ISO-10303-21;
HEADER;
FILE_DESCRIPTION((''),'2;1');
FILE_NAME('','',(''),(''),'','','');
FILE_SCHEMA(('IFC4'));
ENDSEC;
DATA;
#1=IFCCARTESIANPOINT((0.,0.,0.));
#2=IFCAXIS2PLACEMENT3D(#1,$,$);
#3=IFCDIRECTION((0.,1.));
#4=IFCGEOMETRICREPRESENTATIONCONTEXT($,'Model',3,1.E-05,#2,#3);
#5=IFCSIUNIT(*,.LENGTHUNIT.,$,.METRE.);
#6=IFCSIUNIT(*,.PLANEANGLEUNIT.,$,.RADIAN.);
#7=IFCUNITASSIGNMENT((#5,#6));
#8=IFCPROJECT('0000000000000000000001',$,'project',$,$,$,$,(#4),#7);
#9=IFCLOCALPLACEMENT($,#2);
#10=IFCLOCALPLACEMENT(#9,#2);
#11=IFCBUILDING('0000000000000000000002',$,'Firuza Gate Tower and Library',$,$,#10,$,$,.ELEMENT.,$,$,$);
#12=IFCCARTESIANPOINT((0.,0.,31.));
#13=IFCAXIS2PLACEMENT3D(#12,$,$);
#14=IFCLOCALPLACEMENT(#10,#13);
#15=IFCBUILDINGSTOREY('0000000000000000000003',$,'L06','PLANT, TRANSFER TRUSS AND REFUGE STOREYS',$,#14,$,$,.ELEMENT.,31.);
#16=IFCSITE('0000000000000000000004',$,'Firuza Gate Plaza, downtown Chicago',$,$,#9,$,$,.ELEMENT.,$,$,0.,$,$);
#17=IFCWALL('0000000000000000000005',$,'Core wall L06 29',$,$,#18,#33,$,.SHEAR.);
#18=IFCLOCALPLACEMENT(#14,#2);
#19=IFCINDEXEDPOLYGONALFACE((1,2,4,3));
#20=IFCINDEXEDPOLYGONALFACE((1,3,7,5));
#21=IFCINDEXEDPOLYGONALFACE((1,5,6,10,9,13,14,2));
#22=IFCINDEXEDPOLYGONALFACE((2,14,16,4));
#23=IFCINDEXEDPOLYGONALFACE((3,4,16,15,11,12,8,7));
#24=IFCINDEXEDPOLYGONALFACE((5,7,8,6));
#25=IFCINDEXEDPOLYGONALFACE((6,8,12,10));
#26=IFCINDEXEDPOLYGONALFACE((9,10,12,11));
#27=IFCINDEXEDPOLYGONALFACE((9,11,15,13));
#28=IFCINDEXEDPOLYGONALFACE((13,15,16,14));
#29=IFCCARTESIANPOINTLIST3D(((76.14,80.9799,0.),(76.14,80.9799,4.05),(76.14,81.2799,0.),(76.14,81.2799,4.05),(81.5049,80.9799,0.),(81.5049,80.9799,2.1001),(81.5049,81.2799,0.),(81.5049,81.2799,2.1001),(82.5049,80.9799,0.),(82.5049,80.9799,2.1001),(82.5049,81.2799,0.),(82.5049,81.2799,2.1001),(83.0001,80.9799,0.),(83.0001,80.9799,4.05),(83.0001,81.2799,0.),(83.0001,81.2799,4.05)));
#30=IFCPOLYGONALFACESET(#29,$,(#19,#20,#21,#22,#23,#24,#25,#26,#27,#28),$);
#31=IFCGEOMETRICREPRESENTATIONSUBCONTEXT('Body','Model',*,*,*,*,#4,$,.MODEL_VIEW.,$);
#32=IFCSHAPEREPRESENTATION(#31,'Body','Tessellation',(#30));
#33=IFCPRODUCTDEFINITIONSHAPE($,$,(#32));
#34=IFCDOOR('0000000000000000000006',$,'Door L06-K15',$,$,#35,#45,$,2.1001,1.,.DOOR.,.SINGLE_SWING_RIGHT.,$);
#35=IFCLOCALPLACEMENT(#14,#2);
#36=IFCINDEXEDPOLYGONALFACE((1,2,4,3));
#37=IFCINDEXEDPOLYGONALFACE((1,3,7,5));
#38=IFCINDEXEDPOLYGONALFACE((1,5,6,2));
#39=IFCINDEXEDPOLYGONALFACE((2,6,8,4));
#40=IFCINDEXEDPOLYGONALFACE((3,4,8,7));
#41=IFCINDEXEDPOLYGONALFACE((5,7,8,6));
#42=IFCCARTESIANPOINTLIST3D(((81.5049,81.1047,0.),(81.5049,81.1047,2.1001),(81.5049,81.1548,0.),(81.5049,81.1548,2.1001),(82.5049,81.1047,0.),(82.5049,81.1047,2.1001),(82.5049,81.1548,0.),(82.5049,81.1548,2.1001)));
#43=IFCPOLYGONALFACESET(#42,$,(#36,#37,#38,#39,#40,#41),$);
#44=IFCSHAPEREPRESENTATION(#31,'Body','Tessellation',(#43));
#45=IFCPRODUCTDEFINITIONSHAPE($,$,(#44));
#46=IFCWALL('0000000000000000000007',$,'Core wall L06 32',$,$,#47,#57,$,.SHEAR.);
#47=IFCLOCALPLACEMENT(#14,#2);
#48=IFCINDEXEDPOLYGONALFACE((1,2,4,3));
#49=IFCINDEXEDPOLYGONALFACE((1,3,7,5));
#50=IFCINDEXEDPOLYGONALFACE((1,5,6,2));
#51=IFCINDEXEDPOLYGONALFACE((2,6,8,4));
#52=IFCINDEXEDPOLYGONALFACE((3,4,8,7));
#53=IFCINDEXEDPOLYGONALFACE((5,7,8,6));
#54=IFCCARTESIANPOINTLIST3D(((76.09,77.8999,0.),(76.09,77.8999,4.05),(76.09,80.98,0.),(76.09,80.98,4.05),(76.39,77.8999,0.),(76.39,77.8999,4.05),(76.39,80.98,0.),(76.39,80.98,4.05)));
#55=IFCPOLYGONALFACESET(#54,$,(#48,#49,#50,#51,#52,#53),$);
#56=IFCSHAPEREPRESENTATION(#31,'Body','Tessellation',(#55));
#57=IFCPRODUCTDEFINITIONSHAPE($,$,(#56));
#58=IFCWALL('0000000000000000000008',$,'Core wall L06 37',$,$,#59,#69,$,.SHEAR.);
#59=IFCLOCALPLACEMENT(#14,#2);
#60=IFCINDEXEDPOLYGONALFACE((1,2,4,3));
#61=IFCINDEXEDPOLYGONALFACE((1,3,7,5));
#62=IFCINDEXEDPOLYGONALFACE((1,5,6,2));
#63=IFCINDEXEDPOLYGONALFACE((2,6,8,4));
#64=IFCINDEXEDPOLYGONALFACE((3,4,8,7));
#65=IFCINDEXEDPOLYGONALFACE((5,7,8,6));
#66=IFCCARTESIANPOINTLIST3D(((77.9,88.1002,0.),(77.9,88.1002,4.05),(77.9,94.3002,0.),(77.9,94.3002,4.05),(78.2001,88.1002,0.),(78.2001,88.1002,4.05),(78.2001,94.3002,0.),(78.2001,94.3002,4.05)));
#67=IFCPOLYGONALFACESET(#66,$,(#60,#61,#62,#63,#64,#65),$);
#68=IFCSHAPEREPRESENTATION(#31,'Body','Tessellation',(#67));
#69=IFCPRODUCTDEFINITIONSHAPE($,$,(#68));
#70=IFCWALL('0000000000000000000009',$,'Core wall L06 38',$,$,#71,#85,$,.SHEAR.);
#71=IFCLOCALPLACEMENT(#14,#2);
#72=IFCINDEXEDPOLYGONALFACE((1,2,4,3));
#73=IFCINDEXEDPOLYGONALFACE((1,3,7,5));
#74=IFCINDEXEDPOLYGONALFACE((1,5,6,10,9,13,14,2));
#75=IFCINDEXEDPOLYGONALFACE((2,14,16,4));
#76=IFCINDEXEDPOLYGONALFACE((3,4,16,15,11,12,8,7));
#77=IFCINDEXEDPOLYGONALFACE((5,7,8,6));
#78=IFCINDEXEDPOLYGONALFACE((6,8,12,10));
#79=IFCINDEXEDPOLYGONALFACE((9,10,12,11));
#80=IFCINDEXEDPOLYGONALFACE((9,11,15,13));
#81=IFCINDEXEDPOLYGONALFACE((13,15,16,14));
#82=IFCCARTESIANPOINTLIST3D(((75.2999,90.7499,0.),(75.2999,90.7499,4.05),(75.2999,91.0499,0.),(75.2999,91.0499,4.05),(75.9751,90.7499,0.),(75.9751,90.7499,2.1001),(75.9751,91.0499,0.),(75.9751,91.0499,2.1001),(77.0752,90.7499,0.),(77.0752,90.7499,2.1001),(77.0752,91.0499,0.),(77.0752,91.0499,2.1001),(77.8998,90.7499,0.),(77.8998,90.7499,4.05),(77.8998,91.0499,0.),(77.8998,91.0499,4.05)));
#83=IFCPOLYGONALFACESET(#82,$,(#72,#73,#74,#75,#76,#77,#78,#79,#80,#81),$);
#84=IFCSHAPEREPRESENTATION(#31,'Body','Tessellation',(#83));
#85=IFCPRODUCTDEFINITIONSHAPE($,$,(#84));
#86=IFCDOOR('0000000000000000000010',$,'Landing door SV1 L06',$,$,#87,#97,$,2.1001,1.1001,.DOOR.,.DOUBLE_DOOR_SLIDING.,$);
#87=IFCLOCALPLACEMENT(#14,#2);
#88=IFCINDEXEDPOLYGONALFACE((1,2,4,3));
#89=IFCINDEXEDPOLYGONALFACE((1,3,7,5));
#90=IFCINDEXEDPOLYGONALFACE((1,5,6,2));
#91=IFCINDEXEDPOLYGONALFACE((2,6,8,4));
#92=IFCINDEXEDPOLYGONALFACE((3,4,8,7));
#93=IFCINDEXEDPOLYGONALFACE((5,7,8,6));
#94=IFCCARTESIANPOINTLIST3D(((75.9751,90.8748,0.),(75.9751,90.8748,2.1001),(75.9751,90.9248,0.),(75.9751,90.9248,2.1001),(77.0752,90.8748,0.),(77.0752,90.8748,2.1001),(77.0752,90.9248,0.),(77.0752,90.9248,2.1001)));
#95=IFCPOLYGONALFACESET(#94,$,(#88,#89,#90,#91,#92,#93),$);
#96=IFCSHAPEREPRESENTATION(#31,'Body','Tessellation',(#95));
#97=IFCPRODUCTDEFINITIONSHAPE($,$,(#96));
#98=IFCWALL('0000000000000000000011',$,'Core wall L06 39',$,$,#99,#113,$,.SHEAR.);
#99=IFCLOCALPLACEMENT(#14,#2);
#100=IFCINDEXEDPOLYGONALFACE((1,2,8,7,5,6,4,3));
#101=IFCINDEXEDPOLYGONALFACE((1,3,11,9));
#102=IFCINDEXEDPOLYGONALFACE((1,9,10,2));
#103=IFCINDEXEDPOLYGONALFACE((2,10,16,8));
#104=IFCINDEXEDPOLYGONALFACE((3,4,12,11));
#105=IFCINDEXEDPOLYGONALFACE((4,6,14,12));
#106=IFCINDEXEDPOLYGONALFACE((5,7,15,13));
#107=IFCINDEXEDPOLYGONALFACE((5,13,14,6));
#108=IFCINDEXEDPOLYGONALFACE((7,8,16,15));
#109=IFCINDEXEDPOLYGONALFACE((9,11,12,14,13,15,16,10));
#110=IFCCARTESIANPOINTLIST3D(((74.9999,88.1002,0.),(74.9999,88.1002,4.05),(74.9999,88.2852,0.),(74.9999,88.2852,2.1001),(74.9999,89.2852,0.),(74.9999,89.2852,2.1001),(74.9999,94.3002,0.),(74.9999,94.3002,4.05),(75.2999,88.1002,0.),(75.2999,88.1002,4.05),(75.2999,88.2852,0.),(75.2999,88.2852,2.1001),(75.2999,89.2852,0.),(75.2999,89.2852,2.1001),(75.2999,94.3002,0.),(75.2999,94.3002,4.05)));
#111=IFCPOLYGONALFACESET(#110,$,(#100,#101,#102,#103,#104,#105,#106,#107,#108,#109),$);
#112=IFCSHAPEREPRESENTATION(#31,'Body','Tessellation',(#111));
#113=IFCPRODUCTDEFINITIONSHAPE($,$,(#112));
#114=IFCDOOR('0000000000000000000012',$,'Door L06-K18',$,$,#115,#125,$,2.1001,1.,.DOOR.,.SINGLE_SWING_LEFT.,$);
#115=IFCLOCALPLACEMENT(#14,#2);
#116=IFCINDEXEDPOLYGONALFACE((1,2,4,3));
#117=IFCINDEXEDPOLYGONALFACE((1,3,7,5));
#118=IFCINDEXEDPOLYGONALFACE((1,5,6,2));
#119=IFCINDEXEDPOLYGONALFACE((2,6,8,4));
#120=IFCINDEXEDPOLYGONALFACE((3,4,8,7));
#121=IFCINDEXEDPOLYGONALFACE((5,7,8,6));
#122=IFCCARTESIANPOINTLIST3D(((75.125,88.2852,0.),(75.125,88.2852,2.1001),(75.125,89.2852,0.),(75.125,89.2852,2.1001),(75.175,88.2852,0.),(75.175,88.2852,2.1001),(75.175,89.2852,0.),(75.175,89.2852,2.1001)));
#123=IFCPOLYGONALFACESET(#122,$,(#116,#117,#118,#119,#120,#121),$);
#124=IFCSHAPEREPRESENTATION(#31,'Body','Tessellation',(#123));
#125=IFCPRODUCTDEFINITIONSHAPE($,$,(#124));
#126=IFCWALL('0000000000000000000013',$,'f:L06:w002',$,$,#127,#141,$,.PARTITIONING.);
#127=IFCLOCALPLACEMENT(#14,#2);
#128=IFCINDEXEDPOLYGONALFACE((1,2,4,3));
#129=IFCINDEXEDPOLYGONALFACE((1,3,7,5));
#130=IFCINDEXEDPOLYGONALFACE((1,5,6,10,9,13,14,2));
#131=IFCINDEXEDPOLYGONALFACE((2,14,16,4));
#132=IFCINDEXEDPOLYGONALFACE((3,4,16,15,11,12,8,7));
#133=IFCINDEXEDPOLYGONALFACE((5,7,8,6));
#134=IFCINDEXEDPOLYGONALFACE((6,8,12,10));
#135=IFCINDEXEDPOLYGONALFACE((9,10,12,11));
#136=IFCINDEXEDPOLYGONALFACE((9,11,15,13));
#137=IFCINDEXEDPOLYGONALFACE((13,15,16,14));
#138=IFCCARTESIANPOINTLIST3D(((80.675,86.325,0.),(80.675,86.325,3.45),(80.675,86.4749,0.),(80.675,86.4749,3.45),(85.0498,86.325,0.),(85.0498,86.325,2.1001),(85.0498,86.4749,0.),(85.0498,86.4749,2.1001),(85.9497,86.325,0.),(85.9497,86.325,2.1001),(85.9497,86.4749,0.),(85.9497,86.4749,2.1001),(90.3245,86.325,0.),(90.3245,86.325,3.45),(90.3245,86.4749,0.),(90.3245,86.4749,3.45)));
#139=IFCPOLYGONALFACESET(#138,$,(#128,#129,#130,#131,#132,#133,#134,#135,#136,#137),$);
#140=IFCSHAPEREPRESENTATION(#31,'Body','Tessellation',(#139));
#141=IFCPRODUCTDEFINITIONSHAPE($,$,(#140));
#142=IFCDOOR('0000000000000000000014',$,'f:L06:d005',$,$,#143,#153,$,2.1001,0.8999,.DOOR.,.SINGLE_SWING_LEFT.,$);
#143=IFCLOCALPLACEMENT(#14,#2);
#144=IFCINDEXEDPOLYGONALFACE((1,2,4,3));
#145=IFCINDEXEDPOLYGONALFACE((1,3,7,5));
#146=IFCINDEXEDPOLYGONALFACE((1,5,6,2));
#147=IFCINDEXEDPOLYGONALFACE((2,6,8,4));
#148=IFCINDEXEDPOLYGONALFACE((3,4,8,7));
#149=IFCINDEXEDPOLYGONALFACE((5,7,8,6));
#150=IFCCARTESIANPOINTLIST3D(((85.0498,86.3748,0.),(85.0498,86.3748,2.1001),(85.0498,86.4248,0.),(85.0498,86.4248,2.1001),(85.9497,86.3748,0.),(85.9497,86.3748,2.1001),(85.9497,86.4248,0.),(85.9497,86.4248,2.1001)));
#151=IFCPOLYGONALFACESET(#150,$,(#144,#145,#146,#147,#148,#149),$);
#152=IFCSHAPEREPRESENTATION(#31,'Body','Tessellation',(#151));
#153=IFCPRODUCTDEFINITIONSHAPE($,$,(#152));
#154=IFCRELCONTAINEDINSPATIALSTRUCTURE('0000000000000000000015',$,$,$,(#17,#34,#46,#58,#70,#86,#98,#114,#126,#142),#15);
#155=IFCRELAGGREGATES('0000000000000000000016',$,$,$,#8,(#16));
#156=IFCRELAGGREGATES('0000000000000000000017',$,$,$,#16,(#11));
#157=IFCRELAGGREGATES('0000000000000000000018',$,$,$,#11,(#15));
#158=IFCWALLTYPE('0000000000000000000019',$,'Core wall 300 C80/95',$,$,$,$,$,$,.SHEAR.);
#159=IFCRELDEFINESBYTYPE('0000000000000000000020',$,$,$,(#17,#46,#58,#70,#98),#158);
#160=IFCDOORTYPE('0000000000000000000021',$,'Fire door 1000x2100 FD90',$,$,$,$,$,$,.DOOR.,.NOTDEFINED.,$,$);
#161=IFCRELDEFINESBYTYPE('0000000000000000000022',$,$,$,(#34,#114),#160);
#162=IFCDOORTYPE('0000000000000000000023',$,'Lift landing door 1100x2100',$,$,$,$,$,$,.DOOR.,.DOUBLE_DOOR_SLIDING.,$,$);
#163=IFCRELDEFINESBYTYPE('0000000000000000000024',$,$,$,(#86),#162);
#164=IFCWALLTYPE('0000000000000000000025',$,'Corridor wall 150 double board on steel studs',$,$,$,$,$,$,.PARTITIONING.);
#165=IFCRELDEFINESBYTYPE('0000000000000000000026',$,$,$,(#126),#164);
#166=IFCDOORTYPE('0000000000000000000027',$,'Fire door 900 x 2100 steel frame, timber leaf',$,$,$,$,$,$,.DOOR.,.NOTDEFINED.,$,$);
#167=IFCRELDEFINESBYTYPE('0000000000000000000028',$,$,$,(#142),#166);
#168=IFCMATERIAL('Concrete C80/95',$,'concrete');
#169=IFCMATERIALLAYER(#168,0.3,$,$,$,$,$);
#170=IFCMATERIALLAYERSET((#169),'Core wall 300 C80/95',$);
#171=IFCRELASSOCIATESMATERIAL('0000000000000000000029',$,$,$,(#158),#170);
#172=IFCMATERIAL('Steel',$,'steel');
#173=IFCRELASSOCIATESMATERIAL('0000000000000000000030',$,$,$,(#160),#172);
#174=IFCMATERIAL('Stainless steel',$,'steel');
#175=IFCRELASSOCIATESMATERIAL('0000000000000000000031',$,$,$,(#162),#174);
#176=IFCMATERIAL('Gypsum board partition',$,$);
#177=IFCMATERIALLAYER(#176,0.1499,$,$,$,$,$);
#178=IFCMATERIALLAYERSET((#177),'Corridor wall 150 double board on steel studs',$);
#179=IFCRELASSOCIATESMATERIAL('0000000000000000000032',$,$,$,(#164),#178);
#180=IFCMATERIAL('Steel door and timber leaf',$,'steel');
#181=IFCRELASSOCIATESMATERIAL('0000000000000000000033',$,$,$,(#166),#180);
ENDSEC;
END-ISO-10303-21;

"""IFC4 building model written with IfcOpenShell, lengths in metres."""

from ifc_helpers import new_model, si_unit, direction, frame, frame_2d, origin, place, context, subcontext, project, spatial, rectangle, extrude, material, layer, layer_set, type_object, element, fill, save


model = new_model("IFC4")

# Units and contexts
model_context = context("Model", 3, precision=1e-05, world=origin(), true_north=direction((0.0, 1.0)))
body_context = subcontext(model_context, "Body", "Model", "MODEL_VIEW")
ifc_project = project(units=[si_unit("LENGTHUNIT", "METRE"), si_unit("PLANEANGLEUNIT", "RADIAN")], contexts=[model_context])

# Site, building, storey
site_placement = place(None, origin())
site = spatial("IfcSite", under=ifc_project, at=site_placement, Name="Firuza Gate Plaza, downtown Chicago", CompositionType="ELEMENT", RefElevation=0.0)
building_placement = place(site_placement, origin())
building = spatial("IfcBuilding", under=site, at=building_placement, Name="Firuza Gate Tower and Library", CompositionType="ELEMENT")
storey_placement = place(building_placement, frame((0.0, 0.0, 31.0)))
storey = spatial("IfcBuildingStorey", under=building, at=storey_placement, Name="L06", Description="PLANT, TRANSFER TRUSS AND REFUGE STOREYS", CompositionType="ELEMENT", Elevation=31.0)

# Wall, opening, door
ifc_material_1 = material(Name="Concrete C80/95", Category="concrete")
ifc_layer_1 = layer(ifc_material_1, 0.3)
ifc_layer_set_1 = layer_set([ifc_layer_1], Name="Core wall 300 C80/95")
wall_type_1 = type_object("IfcWallType", Name="Core wall 300 C80/95", PredefinedType="SHEAR", material=ifc_layer_set_1)
wall_1_placement = place(storey_placement, frame((76.1399, 81.1299, 0.0), z_axis=(0.0, 0.0, 1.0), x_axis=(1.0, 0.0, 0.0)))
wall_1 = element("IfcWall", 1, at=wall_1_placement, inside=storey, type_object=wall_type_1, Name="Core wall L06 29", PredefinedType="SHEAR", context=body_context, shape_type="SweptSolid", body=[
    extrude(rectangle(XDim=6.8601, YDim=0.3, at=frame_2d((3.4302, 0.0))), origin(), (0.0, 0.0, 1.0), 4.05),
])
opening_1_placement = place(wall_1_placement, frame((5.365, 0.0, 0.0)))
opening_1 = element("IfcOpeningElement", 2, at=opening_1_placement, cuts=wall_1, PredefinedType="OPENING", context=body_context, shape_type="SweptSolid", body=[
    extrude(rectangle(XDim=1.0, YDim=2.1001, at=frame_2d((0.5, 1.05))), frame((0.0, 0.1602, 0.0), z_axis=(0.0, -1.0, 0.0), x_axis=(1.0, 0.0, 0.0)), (0.0, 0.0, 1.0), 0.3201),
])
ifc_material_2 = material(Name="Steel", Category="steel")
door_type_1 = type_object("IfcDoorType", Name="Fire door 1000x2100 FD90", OperationType="NOTDEFINED", PredefinedType="DOOR", material=ifc_material_2)
door_1_placement = place(opening_1_placement, origin())
door_1 = element("IfcDoor", 3, at=door_1_placement, inside=storey, type_object=door_type_1, Name="Door L06-K15", OperationType="SINGLE_SWING_RIGHT", OverallHeight=2.1001, OverallWidth=1.0, PredefinedType="DOOR", context=body_context, shape_type="SweptSolid", body=[
    extrude(rectangle(XDim=1.0, YDim=2.1001, at=frame_2d((0.5, 1.05))), frame((0.0, 0.0249, 0.0), z_axis=(0.0, -1.0, 0.0), x_axis=(1.0, 0.0, 0.0)), (0.0, 0.0, 1.0), 0.05),
])
fill(opening_1, door_1)

# Walls
wall_2_placement = place(storey_placement, frame((76.24, 77.8999, 0.0), z_axis=(0.0, 0.0, 1.0), x_axis=(0.0, 1.0, 0.0)))
element("IfcWall", 4, at=wall_2_placement, inside=storey, type_object=wall_type_1, Name="Core wall L06 32", PredefinedType="SHEAR", context=body_context, shape_type="SweptSolid", body=[
    extrude(rectangle(XDim=3.0801, YDim=0.3, at=frame_2d((1.54, 0.0))), origin(), (0.0, 0.0, 1.0), 4.05),
])
wall_3_placement = place(storey_placement, frame((78.05, 88.1001, 0.0), z_axis=(0.0, 0.0, 1.0), x_axis=(0.0, 1.0, 0.0)))
element("IfcWall", 5, at=wall_3_placement, inside=storey, type_object=wall_type_1, Name="Core wall L06 37", PredefinedType="SHEAR", context=body_context, shape_type="SweptSolid", body=[
    extrude(rectangle(XDim=6.2, YDim=0.3, at=frame_2d((3.1001, 0.0))), origin(), (0.0, 0.0, 1.0), 4.05),
])

# Walls, openings, doors
wall_4_placement = place(storey_placement, frame((75.3, 90.8999, 0.0), z_axis=(0.0, 0.0, 1.0), x_axis=(1.0, 0.0, 0.0)))
wall_4 = element("IfcWall", 6, at=wall_4_placement, inside=storey, type_object=wall_type_1, Name="Core wall L06 38", PredefinedType="SHEAR", context=body_context, shape_type="SweptSolid", body=[
    extrude(rectangle(XDim=2.5999, YDim=0.3, at=frame_2d((1.2998, 0.0))), origin(), (0.0, 0.0, 1.0), 4.05),
])
opening_2_placement = place(wall_4_placement, frame((0.675, 0.0, 0.0)))
opening_2 = element("IfcOpeningElement", 7, at=opening_2_placement, cuts=wall_4, PredefinedType="OPENING", context=body_context, shape_type="SweptSolid", body=[
    extrude(rectangle(XDim=1.1001, YDim=2.1001, at=frame_2d((0.55, 1.05))), frame((0.0, 0.1602, 0.0), z_axis=(0.0, -1.0, 0.0), x_axis=(1.0, 0.0, 0.0)), (0.0, 0.0, 1.0), 0.3201),
])
ifc_material_3 = material(Name="Stainless steel", Category="steel")
door_type_2 = type_object("IfcDoorType", Name="Lift landing door 1100x2100", OperationType="DOUBLE_DOOR_SLIDING", PredefinedType="DOOR", material=ifc_material_3)
door_2_placement = place(opening_2_placement, origin())
door_2 = element("IfcDoor", 8, at=door_2_placement, inside=storey, type_object=door_type_2, Name="Landing door SV1 L06", OperationType="DOUBLE_DOOR_SLIDING", OverallHeight=2.1001, OverallWidth=1.1001, PredefinedType="DOOR", context=body_context, shape_type="SweptSolid", body=[
    extrude(rectangle(XDim=1.1001, YDim=2.1001, at=frame_2d((0.55, 1.05))), frame((0.0, 0.0249, 0.0), z_axis=(0.0, -1.0, 0.0), x_axis=(1.0, 0.0, 0.0)), (0.0, 0.0, 1.0), 0.05),
])
fill(opening_2, door_2)
wall_5_placement = place(storey_placement, frame((75.1499, 88.1001, 0.0), z_axis=(0.0, 0.0, 1.0), x_axis=(0.0, 1.0, 0.0)))
wall_5 = element("IfcWall", 9, at=wall_5_placement, inside=storey, type_object=wall_type_1, Name="Core wall L06 39", PredefinedType="SHEAR", context=body_context, shape_type="SweptSolid", body=[
    extrude(rectangle(XDim=6.2, YDim=0.3, at=frame_2d((3.1001, 0.0))), origin(), (0.0, 0.0, 1.0), 4.05),
])
opening_3_placement = place(wall_5_placement, frame((0.1851, 0.0, 0.0)))
opening_3 = element("IfcOpeningElement", 10, at=opening_3_placement, cuts=wall_5, PredefinedType="OPENING", context=body_context, shape_type="SweptSolid", body=[
    extrude(rectangle(XDim=1.0, YDim=2.1001, at=frame_2d((0.5, 1.05))), frame((0.0, 0.1602, 0.0), z_axis=(0.0, -1.0, 0.0), x_axis=(1.0, 0.0, 0.0)), (0.0, 0.0, 1.0), 0.3201),
])
door_3_placement = place(opening_3_placement, origin())
door_3 = element("IfcDoor", 11, at=door_3_placement, inside=storey, type_object=door_type_1, Name="Door L06-K18", OperationType="SINGLE_SWING_LEFT", OverallHeight=2.1001, OverallWidth=1.0, PredefinedType="DOOR", context=body_context, shape_type="SweptSolid", body=[
    extrude(rectangle(XDim=1.0, YDim=2.1001, at=frame_2d((0.5, 1.05))), frame((0.0, 0.0249, 0.0), z_axis=(0.0, -1.0, 0.0), x_axis=(1.0, 0.0, 0.0)), (0.0, 0.0, 1.0), 0.05),
])
fill(opening_3, door_3)
ifc_material_4 = material(Name="Gypsum board partition")
ifc_layer_2 = layer(ifc_material_4, 0.1499)
ifc_layer_set_2 = layer_set([ifc_layer_2], Name="Corridor wall 150 double board on steel studs")
wall_type_2 = type_object("IfcWallType", Name="Corridor wall 150 double board on steel studs", PredefinedType="PARTITIONING", material=ifc_layer_set_2)
wall_6_placement = place(storey_placement, frame((80.675, 86.3999, 0.0), z_axis=(0.0, 0.0, 1.0), x_axis=(1.0, 0.0, 0.0)))
wall_6 = element("IfcWall", 12, at=wall_6_placement, inside=storey, type_object=wall_type_2, Name="f:L06:w002", PredefinedType="PARTITIONING", context=body_context, shape_type="SweptSolid", body=[
    extrude(rectangle(XDim=9.6494, YDim=0.1499, at=frame_2d((4.8247, 0.0))), origin(), (0.0, 0.0, 1.0), 3.45),
])
opening_4_placement = place(wall_6_placement, frame((4.3748, 0.0, 0.0)))
opening_4 = element("IfcOpeningElement", 13, at=opening_4_placement, cuts=wall_6, PredefinedType="OPENING", context=body_context, shape_type="SweptSolid", body=[
    extrude(rectangle(XDim=0.8999, YDim=2.1001, at=frame_2d((0.45, 1.05))), frame((0.0, 0.085, 0.0), z_axis=(0.0, -1.0, 0.0), x_axis=(1.0, 0.0, 0.0)), (0.0, 0.0, 1.0), 0.1699),
])
ifc_material_5 = material(Name="Steel door and timber leaf", Category="steel")
door_type_3 = type_object("IfcDoorType", Name="Fire door 900 x 2100 steel frame, timber leaf", OperationType="NOTDEFINED", PredefinedType="DOOR", material=ifc_material_5)
door_4_placement = place(opening_4_placement, origin())
door_4 = element("IfcDoor", 14, at=door_4_placement, inside=storey, type_object=door_type_3, Name="f:L06:d005", OperationType="SINGLE_SWING_LEFT", OverallHeight=2.1001, OverallWidth=0.8999, PredefinedType="DOOR", context=body_context, shape_type="SweptSolid", body=[
    extrude(rectangle(XDim=0.8999, YDim=2.1001, at=frame_2d((0.45, 1.05))), frame((0.0, 0.0249, 0.0), z_axis=(0.0, -1.0, 0.0), x_axis=(1.0, 0.0, 0.0)), (0.0, 0.0, 1.0), 0.05),
])
fill(opening_4, door_4)

save(model, "model.ifc")
